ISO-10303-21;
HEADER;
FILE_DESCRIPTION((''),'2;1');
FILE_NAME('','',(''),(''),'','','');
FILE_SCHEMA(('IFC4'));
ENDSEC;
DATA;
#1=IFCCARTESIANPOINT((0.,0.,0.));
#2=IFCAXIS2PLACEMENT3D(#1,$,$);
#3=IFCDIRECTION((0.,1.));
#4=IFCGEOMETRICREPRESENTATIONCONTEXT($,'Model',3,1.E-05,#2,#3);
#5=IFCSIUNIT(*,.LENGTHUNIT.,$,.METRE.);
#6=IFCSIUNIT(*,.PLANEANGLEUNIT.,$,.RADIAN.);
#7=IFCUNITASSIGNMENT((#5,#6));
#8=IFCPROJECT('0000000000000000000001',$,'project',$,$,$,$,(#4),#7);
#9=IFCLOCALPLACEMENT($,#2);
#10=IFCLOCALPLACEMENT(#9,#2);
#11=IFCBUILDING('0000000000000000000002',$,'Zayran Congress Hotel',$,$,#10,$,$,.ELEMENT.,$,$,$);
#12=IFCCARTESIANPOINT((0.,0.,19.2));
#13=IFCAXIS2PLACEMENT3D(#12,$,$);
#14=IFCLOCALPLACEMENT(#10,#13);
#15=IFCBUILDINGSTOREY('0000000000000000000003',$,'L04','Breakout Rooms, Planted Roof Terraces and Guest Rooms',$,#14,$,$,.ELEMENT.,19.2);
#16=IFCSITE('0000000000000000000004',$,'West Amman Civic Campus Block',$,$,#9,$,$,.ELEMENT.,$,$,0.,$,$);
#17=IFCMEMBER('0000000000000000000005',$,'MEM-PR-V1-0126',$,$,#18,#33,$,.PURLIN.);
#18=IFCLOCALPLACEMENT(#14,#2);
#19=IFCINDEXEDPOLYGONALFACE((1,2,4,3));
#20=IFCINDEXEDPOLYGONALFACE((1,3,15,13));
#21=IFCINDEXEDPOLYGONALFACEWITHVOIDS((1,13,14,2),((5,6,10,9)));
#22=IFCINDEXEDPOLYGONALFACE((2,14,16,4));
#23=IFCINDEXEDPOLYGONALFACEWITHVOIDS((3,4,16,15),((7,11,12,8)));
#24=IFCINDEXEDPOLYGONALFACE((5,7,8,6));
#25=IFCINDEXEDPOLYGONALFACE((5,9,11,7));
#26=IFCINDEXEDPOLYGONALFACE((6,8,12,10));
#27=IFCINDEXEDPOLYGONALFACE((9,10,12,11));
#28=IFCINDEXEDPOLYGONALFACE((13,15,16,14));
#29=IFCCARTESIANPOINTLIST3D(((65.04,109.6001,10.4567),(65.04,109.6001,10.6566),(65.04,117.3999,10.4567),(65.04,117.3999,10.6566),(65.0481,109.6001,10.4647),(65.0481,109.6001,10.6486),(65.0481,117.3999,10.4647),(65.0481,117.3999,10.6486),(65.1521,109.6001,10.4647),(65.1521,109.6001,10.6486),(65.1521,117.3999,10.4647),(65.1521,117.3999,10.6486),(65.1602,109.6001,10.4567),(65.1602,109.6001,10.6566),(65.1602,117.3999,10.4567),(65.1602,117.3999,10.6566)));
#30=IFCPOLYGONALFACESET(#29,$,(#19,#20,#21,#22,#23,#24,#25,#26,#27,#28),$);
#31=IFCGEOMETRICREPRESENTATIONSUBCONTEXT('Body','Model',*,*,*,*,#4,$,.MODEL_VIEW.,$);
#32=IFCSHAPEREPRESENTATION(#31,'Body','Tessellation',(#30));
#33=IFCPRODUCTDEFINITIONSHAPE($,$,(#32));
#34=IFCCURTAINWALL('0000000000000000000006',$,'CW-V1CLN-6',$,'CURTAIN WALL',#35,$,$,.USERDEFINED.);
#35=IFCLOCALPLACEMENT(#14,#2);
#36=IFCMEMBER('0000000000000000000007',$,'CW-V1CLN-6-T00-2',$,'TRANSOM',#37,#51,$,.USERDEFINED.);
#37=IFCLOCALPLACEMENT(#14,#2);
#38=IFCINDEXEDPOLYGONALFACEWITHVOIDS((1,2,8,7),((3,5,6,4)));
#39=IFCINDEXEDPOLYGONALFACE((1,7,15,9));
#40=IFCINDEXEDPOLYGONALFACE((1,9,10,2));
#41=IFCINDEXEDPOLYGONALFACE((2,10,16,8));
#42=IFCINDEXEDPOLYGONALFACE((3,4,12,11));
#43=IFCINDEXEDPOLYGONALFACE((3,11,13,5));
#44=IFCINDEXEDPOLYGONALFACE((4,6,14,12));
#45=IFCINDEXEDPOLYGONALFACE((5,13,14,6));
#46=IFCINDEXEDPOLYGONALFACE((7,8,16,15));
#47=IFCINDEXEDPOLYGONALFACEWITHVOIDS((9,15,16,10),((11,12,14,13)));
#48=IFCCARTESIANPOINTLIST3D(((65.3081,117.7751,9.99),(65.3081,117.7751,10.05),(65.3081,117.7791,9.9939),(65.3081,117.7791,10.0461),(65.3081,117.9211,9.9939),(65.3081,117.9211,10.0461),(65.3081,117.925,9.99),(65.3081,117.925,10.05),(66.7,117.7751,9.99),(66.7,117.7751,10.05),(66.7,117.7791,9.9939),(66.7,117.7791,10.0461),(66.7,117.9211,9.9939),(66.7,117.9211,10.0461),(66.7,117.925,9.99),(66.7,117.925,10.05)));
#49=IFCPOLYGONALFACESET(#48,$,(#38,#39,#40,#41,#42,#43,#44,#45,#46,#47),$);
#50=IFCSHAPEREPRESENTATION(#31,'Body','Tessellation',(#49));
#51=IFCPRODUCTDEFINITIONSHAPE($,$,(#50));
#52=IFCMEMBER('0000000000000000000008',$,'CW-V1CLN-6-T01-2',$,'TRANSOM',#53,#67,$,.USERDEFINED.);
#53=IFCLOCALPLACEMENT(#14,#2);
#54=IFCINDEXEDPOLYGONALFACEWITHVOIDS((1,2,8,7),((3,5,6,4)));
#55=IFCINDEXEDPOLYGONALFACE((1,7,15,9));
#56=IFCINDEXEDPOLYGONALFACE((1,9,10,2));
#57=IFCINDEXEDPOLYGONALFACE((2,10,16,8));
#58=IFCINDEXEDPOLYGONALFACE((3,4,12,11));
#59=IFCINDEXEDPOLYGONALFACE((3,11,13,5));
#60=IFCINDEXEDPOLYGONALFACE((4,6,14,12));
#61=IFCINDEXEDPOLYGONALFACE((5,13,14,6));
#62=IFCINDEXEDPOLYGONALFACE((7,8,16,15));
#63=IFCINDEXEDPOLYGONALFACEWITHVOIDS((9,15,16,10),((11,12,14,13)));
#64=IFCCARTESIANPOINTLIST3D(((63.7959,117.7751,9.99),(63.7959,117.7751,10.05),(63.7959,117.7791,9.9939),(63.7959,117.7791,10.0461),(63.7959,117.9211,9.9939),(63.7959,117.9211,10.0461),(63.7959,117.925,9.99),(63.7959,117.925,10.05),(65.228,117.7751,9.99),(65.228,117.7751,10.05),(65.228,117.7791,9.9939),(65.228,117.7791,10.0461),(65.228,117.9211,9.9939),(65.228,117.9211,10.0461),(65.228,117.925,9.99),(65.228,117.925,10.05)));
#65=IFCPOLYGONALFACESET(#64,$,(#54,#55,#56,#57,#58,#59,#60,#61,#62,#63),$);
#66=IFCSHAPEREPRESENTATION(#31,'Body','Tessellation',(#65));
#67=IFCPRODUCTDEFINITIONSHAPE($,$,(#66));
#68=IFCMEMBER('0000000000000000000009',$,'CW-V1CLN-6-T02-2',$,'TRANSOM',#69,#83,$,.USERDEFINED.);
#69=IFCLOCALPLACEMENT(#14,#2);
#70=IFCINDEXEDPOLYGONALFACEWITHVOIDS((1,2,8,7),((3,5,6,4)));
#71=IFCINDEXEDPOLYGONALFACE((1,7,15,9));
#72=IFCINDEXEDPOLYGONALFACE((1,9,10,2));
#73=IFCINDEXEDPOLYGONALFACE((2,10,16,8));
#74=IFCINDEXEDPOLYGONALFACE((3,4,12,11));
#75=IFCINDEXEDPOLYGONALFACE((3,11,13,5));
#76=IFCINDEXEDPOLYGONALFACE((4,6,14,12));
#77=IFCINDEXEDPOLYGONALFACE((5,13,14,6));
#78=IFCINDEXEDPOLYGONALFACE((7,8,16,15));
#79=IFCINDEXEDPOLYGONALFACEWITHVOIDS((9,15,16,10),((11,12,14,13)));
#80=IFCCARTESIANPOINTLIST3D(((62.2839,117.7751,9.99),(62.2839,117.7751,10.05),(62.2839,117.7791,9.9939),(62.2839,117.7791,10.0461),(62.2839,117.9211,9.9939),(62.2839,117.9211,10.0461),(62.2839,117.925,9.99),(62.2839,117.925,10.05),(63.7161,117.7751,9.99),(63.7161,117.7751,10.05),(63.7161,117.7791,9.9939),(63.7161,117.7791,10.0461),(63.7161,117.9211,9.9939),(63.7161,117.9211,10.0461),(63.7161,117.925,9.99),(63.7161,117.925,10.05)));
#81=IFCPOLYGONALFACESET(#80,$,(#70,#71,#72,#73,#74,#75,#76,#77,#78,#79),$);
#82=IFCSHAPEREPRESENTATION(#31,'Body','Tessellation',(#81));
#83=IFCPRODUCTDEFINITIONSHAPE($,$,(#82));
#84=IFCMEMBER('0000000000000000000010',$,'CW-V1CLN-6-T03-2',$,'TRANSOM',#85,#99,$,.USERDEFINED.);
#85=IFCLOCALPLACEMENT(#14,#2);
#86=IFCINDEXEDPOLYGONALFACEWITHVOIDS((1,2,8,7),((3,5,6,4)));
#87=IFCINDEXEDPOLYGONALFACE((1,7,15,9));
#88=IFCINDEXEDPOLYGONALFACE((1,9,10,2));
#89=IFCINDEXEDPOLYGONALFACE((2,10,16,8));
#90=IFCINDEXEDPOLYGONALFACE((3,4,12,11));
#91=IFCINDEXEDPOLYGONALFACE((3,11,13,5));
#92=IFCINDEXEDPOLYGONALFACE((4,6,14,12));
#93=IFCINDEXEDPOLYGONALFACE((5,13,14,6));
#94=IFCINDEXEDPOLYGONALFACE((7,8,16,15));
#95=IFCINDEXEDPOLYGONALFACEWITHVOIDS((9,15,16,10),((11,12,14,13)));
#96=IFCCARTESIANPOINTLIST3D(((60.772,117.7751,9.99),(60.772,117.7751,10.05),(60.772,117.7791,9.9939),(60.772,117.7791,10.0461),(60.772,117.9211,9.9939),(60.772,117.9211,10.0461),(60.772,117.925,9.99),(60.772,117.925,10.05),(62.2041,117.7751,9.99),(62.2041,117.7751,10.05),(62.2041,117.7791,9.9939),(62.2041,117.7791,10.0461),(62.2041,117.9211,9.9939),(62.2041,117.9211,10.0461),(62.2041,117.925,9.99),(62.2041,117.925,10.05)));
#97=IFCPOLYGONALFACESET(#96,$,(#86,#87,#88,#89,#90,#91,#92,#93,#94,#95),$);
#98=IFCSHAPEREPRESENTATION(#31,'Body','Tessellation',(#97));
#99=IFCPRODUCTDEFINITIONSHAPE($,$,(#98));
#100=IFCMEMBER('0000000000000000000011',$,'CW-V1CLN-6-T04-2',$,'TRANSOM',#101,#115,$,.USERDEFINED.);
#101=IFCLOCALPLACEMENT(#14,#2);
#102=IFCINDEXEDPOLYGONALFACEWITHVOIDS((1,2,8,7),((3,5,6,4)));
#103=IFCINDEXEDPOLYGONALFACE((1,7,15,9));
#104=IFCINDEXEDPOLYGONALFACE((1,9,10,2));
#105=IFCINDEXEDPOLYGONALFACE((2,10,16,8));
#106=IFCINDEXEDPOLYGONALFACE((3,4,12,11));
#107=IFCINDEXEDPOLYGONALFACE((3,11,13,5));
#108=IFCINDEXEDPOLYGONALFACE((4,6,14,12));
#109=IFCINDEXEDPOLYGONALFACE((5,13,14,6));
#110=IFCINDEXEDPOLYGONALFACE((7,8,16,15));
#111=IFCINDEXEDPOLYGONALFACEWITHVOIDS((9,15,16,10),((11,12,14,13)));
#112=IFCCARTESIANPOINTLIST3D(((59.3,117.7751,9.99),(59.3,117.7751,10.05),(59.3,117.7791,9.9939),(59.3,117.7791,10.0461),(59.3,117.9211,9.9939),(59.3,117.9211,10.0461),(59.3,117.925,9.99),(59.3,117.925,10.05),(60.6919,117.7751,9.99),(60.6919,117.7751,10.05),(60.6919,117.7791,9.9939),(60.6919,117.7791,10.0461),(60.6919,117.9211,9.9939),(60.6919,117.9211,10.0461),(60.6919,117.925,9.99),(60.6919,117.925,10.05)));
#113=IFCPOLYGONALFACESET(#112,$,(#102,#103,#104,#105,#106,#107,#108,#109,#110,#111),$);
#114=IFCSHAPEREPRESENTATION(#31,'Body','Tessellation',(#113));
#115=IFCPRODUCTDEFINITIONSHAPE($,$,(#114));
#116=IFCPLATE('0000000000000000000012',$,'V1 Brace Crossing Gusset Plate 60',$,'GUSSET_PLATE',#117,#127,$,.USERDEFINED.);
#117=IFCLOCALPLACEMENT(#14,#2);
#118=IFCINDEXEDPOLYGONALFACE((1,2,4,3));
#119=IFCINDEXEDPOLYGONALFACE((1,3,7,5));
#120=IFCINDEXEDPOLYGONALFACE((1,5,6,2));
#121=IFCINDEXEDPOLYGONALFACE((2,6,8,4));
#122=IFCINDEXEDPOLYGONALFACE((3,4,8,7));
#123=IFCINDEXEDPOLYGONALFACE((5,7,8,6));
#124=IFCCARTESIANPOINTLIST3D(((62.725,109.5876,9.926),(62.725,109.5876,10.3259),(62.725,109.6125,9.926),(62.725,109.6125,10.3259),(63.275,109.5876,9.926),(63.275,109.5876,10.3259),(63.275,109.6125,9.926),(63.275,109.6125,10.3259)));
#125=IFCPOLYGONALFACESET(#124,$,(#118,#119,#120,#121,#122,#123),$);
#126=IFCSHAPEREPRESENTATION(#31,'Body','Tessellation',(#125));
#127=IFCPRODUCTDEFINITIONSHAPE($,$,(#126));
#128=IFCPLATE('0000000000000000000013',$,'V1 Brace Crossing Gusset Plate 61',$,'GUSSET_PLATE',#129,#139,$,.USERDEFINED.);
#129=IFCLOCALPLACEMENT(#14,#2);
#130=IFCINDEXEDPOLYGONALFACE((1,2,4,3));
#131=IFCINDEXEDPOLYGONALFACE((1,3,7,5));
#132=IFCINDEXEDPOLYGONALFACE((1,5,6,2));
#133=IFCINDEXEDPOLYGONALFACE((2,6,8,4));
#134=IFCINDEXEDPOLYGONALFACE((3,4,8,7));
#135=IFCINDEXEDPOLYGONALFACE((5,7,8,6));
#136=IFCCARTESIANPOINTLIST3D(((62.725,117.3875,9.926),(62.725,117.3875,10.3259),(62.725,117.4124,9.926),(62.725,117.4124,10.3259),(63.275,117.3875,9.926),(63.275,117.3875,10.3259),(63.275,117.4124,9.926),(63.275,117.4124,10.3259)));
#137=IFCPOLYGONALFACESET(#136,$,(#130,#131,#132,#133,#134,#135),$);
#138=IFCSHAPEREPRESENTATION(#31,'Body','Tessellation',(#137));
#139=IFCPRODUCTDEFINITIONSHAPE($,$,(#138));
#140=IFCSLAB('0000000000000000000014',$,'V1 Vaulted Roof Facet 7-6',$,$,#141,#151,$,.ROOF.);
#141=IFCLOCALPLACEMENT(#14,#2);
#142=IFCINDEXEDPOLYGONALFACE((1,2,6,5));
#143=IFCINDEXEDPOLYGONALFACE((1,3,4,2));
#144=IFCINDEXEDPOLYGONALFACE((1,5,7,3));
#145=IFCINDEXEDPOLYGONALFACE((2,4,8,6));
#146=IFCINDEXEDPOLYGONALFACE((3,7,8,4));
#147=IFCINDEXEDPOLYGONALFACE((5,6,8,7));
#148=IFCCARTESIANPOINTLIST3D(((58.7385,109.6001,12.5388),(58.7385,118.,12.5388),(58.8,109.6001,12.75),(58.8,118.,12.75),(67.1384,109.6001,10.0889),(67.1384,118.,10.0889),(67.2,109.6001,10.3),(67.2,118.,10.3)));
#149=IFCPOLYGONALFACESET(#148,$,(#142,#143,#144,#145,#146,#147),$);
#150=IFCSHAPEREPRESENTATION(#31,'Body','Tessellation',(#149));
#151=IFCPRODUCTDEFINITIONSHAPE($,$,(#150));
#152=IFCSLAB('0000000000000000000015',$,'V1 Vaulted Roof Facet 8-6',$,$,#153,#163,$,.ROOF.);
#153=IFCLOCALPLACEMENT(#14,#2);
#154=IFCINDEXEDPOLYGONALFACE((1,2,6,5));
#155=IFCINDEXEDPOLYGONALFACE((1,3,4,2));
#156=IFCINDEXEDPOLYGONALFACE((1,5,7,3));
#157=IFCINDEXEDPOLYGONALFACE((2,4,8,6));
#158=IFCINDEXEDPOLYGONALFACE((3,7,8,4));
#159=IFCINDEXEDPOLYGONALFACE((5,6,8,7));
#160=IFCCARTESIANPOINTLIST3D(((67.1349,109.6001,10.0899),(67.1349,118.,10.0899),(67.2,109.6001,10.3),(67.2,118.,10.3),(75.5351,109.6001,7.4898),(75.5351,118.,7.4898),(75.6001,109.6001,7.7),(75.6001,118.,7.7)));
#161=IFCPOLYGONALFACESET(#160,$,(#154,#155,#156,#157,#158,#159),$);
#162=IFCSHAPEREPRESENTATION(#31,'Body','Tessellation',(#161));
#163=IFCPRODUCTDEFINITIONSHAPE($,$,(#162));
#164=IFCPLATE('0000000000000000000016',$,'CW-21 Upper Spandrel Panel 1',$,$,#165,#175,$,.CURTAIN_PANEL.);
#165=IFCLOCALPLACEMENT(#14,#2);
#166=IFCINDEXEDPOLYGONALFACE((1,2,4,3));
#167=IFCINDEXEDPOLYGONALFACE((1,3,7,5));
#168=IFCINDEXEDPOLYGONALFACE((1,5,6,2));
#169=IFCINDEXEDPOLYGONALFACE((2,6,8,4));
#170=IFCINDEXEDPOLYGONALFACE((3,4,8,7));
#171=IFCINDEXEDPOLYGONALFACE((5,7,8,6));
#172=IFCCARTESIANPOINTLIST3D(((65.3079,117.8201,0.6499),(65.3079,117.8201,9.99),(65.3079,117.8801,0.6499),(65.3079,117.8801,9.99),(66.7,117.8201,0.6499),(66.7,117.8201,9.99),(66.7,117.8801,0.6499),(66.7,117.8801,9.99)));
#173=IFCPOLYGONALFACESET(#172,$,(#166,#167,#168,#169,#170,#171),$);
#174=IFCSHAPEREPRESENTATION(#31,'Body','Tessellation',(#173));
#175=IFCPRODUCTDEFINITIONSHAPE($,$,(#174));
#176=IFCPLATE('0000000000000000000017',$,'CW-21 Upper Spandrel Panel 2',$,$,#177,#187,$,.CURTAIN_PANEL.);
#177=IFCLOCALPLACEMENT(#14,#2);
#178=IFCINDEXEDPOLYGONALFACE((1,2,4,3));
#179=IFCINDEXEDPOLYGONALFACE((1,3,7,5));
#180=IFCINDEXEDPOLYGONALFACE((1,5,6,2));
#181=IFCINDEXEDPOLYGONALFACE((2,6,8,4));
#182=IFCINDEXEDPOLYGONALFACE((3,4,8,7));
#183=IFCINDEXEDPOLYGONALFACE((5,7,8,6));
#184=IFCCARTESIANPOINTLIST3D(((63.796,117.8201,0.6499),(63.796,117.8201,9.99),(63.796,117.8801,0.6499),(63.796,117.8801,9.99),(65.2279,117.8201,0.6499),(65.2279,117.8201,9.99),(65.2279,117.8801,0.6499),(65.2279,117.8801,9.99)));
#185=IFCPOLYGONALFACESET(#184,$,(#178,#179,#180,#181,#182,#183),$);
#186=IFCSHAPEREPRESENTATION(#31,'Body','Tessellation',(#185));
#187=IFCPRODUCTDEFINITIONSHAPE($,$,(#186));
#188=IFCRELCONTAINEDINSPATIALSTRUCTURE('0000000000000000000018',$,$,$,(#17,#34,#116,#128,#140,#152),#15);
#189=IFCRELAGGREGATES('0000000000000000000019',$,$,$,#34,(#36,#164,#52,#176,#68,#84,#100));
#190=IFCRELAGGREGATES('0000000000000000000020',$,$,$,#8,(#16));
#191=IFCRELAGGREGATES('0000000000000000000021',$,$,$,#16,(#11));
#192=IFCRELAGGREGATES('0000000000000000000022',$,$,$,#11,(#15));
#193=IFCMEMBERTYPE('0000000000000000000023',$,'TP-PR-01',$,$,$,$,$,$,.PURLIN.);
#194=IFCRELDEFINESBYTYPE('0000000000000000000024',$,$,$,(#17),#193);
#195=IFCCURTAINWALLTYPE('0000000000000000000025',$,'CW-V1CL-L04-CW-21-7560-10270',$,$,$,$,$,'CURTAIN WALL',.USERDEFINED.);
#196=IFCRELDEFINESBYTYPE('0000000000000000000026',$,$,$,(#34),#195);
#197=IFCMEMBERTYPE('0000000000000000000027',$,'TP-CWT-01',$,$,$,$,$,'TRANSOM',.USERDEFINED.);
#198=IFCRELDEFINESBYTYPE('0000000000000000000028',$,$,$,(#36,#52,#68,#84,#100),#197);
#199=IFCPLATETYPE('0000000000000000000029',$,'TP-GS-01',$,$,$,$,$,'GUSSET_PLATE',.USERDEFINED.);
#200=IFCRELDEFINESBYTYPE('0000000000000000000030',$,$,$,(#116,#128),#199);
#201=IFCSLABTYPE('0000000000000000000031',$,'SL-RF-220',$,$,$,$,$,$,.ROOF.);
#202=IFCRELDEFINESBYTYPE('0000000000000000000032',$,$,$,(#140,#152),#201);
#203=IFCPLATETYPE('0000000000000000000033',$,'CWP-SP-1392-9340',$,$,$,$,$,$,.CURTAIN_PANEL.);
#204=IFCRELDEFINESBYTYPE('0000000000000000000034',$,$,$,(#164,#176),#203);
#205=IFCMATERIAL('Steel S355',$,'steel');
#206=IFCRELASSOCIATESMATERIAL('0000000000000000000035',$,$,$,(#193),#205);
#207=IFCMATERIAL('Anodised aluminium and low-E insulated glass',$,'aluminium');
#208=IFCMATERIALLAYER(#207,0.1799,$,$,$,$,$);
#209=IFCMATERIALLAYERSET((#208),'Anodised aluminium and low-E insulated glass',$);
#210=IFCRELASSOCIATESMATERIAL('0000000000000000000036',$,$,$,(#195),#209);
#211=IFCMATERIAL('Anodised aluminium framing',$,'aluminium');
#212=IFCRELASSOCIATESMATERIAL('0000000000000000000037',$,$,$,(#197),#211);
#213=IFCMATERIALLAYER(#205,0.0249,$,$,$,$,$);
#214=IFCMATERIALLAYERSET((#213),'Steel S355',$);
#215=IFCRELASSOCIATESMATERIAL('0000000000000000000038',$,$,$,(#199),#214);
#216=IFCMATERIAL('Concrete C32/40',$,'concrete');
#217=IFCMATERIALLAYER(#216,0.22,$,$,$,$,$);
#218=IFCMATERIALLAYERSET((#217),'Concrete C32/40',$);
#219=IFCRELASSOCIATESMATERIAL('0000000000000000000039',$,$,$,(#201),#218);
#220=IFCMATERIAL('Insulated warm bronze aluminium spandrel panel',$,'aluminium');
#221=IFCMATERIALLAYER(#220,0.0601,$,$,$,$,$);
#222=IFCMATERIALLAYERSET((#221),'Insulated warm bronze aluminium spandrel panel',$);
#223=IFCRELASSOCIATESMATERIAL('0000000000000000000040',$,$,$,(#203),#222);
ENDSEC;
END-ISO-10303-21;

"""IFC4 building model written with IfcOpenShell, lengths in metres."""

from ifc_helpers import new_model, si_unit, direction, frame, origin, origin_2d, place, context, subcontext, project, spatial, polyline, rectangle, hollow_rectangle, outline, extrude, material, layer, layer_set, material_profile, profile_set, type_object, element, aggregate, save


model = new_model("IFC4")

# Units and contexts
model_context = context("Model", 3, precision=1e-05, world=origin(), true_north=direction((0.0, 1.0)))
body_context = subcontext(model_context, "Body", "Model", "MODEL_VIEW")
ifc_project = project(units=[si_unit("LENGTHUNIT", "METRE"), si_unit("PLANEANGLEUNIT", "RADIAN")], contexts=[model_context])

# Site, building, storey
site_placement = place(None, origin())
site = spatial("IfcSite", under=ifc_project, at=site_placement, Name="West Amman Civic Campus Block", CompositionType="ELEMENT", RefElevation=0.0)
building_placement = place(site_placement, origin())
building = spatial("IfcBuilding", under=site, at=building_placement, Name="Zayran Congress Hotel", CompositionType="ELEMENT")
storey_placement = place(building_placement, frame((0.0, 0.0, 19.2)))
storey = spatial("IfcBuildingStorey", under=building, at=storey_placement, Name="L04", Description="Breakout Rooms, Planted Roof Terraces and Guest Rooms", CompositionType="ELEMENT", Elevation=19.2)

# Member
ifc_material_1 = material(Name="Steel S355", Category="steel")
ifc_material_profile_1 = material_profile(ifc_material_1, hollow_rectangle(XDim=0.1201, YDim=0.2, WallThickness=0.0081, at=origin_2d()), Name="RHS 200x120x8")
ifc_profile_set_1 = profile_set([ifc_material_profile_1], Name="Steel S355")
member_type_1 = type_object("IfcMemberType", Name="TP-PR-01", PredefinedType="PURLIN", material=ifc_profile_set_1)
for number, where, z_axis, x_axis, name in (
    (1, (65.1001, 109.6001, 10.5566), (0.0, 1.0, 0.0), (-1.0, 0.0, 0.0), "MEM-PR-V1-0126"),
):
    element("IfcMember", number, at=place(storey_placement, frame(where, z_axis=z_axis, x_axis=x_axis)), inside=storey, type_object=member_type_1, Name=name, PredefinedType="PURLIN", context=body_context, shape_type="SweptSolid", body=[
        extrude(hollow_rectangle(XDim=0.1201, YDim=0.2, WallThickness=0.0081, at=origin_2d()), origin(), (0.0, 0.0, 1.0), 7.7998),
    ])

# Curtain wall, members
ifc_material_2 = material(Name="Anodised aluminium and low-E insulated glass", Category="aluminium")
ifc_layer_1 = layer(ifc_material_2, 0.1799)
ifc_layer_set_1 = layer_set([ifc_layer_1], Name="Anodised aluminium and low-E insulated glass")
curtain_wall_type = type_object("IfcCurtainWallType", Name="CW-V1CL-L04-CW-21-7560-10270", ElementType="CURTAIN WALL", PredefinedType="USERDEFINED", material=ifc_layer_set_1)
curtain_wall_placement = place(storey_placement, origin())
curtain_wall = element("IfcCurtainWall", 2, at=curtain_wall_placement, inside=storey, type_object=curtain_wall_type, Name="CW-V1CLN-6", ObjectType="CURTAIN WALL", PredefinedType="USERDEFINED")
ifc_material_3 = material(Name="Anodised aluminium framing", Category="aluminium")
ifc_material_profile_2 = material_profile(ifc_material_3, hollow_rectangle(XDim=0.0601, YDim=0.1499, WallThickness=0.0039, at=origin_2d()), Name="RHS 150x60x4")
ifc_profile_set_2 = profile_set([ifc_material_profile_2], Name="Anodised aluminium framing")
member_type_2 = type_object("IfcMemberType", Name="TP-CWT-01", ElementType="TRANSOM", PredefinedType="USERDEFINED", material=ifc_profile_set_2)
member_1_placement = place(storey_placement, frame((66.7, 117.8501, 10.02), z_axis=(-1.0, 0.0, 0.0), x_axis=(0.0, 0.0, 1.0)))
member_1 = element("IfcMember", 3, at=member_1_placement, type_object=member_type_2, Name="CW-V1CLN-6-T00-2", ObjectType="TRANSOM", PredefinedType="USERDEFINED", context=body_context, shape_type="SweptSolid", body=[
    extrude(hollow_rectangle(XDim=0.0601, YDim=0.1499, WallThickness=0.0039, at=origin_2d()), origin(), (0.0, 0.0, 1.0), 1.3918),
])
member_2_placement = place(storey_placement, frame((65.228, 117.8501, 10.02), z_axis=(-1.0, 0.0, 0.0), x_axis=(0.0, 0.0, 1.0)))
member_2 = element("IfcMember", 4, at=member_2_placement, type_object=member_type_2, Name="CW-V1CLN-6-T01-2", ObjectType="TRANSOM", PredefinedType="USERDEFINED", context=body_context, shape_type="SweptSolid", body=[
    extrude(hollow_rectangle(XDim=0.0601, YDim=0.1499, WallThickness=0.0039, at=origin_2d()), origin(), (0.0, 0.0, 1.0), 1.4321),
])
member_3_placement = place(storey_placement, frame((63.7161, 117.8501, 10.02), z_axis=(-1.0, 0.0, 0.0), x_axis=(0.0, 0.0, 1.0)))
member_3 = element("IfcMember", 5, at=member_3_placement, type_object=member_type_2, Name="CW-V1CLN-6-T02-2", ObjectType="TRANSOM", PredefinedType="USERDEFINED", context=body_context, shape_type="SweptSolid", body=[
    extrude(hollow_rectangle(XDim=0.0601, YDim=0.1499, WallThickness=0.0039, at=origin_2d()), origin(), (0.0, 0.0, 1.0), 1.4321),
])
member_4_placement = place(storey_placement, frame((62.2041, 117.8501, 10.02), z_axis=(-1.0, 0.0, 0.0), x_axis=(0.0, 0.0, 1.0)))
member_4 = element("IfcMember", 6, at=member_4_placement, type_object=member_type_2, Name="CW-V1CLN-6-T03-2", ObjectType="TRANSOM", PredefinedType="USERDEFINED", context=body_context, shape_type="SweptSolid", body=[
    extrude(hollow_rectangle(XDim=0.0601, YDim=0.1499, WallThickness=0.0039, at=origin_2d()), origin(), (0.0, 0.0, 1.0), 1.4321),
])
member_5_placement = place(storey_placement, frame((60.6919, 117.8501, 10.02), z_axis=(-1.0, 0.0, 0.0), x_axis=(0.0, 0.0, 1.0)))
member_5 = element("IfcMember", 7, at=member_5_placement, type_object=member_type_2, Name="CW-V1CLN-6-T04-2", ObjectType="TRANSOM", PredefinedType="USERDEFINED", context=body_context, shape_type="SweptSolid", body=[
    extrude(hollow_rectangle(XDim=0.0601, YDim=0.1499, WallThickness=0.0039, at=origin_2d()), origin(), (0.0, 0.0, 1.0), 1.3918),
])

# Plates
ifc_layer_2 = layer(ifc_material_1, 0.0249)
ifc_layer_set_2 = layer_set([ifc_layer_2], Name="Steel S355")
plate_type_1 = type_object("IfcPlateType", Name="TP-GS-01", ElementType="GUSSET_PLATE", PredefinedType="USERDEFINED", material=ifc_layer_set_2)
for number, where, z_axis, x_axis, name in (
    (8, (63.0, 109.6001, 9.926), (0.0, 0.0, 1.0), (1.0, 0.0, 0.0), "V1 Brace Crossing Gusset Plate 60"),
    (9, (63.0, 117.3999, 9.926), (0.0, 0.0, 1.0), (1.0, 0.0, 0.0), "V1 Brace Crossing Gusset Plate 61"),
):
    element("IfcPlate", number, at=place(storey_placement, frame(where, z_axis=z_axis, x_axis=x_axis)), inside=storey, type_object=plate_type_1, Name=name, ObjectType="GUSSET_PLATE", PredefinedType="USERDEFINED", context=body_context, shape_type="SweptSolid", body=[
        extrude(rectangle(XDim=0.55, YDim=0.0249, at=origin_2d()), origin(), (0.0, 0.0, 1.0), 0.3999),
    ])

# Slabs
ifc_material_4 = material(Name="Concrete C32/40", Category="concrete")
ifc_layer_3 = layer(ifc_material_4, 0.22)
ifc_layer_set_3 = layer_set([ifc_layer_3], Name="Concrete C32/40")
slab_type = type_object("IfcSlabType", Name="SL-RF-220", PredefinedType="ROOF", material=ifc_layer_set_3)
slab_1_placement = place(storey_placement, frame((58.8, 109.6001, 12.75), z_axis=(0.279998, 0.0, 0.960001), x_axis=(0.960001, 0.0, -0.279998)))
element("IfcSlab", 10, at=slab_1_placement, inside=storey, type_object=slab_type, Name="V1 Vaulted Roof Facet 7-6", PredefinedType="ROOF", context=body_context, shape_type="SweptSolid", body=[
    extrude(outline(polyline([(0.0, 0.0), (8.7499, 0.0), (8.7499, 8.3999), (0.0, 8.3999), (0.0, 0.0)])), origin(), (0.0, 0.0, -1.0), 0.22),
])
slab_2_placement = place(storey_placement, frame((67.2, 109.6001, 10.3), z_axis=(0.295689, 0.0, 0.955284), x_axis=(0.955284, 0.0, -0.295689)))
element("IfcSlab", 11, at=slab_2_placement, inside=storey, type_object=slab_type, Name="V1 Vaulted Roof Facet 8-6", PredefinedType="ROOF", context=body_context, shape_type="SweptSolid", body=[
    extrude(outline(polyline([(0.0, 0.0), (8.7933, 0.0), (8.7933, 8.3999), (0.0, 8.3999), (0.0, 0.0)])), origin(), (0.0, 0.0, -1.0), 0.22),
])

# Plates
ifc_material_5 = material(Name="Insulated warm bronze aluminium spandrel panel", Category="aluminium")
ifc_layer_4 = layer(ifc_material_5, 0.0601)
ifc_layer_set_4 = layer_set([ifc_layer_4], Name="Insulated warm bronze aluminium spandrel panel")
plate_type_2 = type_object("IfcPlateType", Name="CWP-SP-1392-9340", PredefinedType="CURTAIN_PANEL", material=ifc_layer_set_4)
plate_1_placement = place(storey_placement, frame((66.0039, 117.8501, 0.6499), z_axis=(0.0, 0.0, 1.0), x_axis=(1.0, 0.0, 0.0)))
plate_1 = element("IfcPlate", 12, at=plate_1_placement, type_object=plate_type_2, Name="CW-21 Upper Spandrel Panel 1", PredefinedType="CURTAIN_PANEL", context=body_context, shape_type="SweptSolid", body=[
    extrude(rectangle(XDim=1.3921, YDim=0.0601, at=origin_2d()), origin(), (0.0, 0.0, 1.0), 9.3401),
])
plate_2_placement = place(storey_placement, frame((64.512, 117.8501, 0.6499), z_axis=(0.0, 0.0, 1.0), x_axis=(1.0, 0.0, 0.0)))
plate_2 = element("IfcPlate", 13, at=plate_2_placement, type_object=plate_type_2, Name="CW-21 Upper Spandrel Panel 2", PredefinedType="CURTAIN_PANEL", context=body_context, shape_type="SweptSolid", body=[
    extrude(rectangle(XDim=1.4319, YDim=0.0601, at=origin_2d()), origin(), (0.0, 0.0, 1.0), 9.3401),
])
aggregate(curtain_wall, [member_1, plate_1, member_2, plate_2, member_3, member_4, member_5])

save(model, "model.ifc")
